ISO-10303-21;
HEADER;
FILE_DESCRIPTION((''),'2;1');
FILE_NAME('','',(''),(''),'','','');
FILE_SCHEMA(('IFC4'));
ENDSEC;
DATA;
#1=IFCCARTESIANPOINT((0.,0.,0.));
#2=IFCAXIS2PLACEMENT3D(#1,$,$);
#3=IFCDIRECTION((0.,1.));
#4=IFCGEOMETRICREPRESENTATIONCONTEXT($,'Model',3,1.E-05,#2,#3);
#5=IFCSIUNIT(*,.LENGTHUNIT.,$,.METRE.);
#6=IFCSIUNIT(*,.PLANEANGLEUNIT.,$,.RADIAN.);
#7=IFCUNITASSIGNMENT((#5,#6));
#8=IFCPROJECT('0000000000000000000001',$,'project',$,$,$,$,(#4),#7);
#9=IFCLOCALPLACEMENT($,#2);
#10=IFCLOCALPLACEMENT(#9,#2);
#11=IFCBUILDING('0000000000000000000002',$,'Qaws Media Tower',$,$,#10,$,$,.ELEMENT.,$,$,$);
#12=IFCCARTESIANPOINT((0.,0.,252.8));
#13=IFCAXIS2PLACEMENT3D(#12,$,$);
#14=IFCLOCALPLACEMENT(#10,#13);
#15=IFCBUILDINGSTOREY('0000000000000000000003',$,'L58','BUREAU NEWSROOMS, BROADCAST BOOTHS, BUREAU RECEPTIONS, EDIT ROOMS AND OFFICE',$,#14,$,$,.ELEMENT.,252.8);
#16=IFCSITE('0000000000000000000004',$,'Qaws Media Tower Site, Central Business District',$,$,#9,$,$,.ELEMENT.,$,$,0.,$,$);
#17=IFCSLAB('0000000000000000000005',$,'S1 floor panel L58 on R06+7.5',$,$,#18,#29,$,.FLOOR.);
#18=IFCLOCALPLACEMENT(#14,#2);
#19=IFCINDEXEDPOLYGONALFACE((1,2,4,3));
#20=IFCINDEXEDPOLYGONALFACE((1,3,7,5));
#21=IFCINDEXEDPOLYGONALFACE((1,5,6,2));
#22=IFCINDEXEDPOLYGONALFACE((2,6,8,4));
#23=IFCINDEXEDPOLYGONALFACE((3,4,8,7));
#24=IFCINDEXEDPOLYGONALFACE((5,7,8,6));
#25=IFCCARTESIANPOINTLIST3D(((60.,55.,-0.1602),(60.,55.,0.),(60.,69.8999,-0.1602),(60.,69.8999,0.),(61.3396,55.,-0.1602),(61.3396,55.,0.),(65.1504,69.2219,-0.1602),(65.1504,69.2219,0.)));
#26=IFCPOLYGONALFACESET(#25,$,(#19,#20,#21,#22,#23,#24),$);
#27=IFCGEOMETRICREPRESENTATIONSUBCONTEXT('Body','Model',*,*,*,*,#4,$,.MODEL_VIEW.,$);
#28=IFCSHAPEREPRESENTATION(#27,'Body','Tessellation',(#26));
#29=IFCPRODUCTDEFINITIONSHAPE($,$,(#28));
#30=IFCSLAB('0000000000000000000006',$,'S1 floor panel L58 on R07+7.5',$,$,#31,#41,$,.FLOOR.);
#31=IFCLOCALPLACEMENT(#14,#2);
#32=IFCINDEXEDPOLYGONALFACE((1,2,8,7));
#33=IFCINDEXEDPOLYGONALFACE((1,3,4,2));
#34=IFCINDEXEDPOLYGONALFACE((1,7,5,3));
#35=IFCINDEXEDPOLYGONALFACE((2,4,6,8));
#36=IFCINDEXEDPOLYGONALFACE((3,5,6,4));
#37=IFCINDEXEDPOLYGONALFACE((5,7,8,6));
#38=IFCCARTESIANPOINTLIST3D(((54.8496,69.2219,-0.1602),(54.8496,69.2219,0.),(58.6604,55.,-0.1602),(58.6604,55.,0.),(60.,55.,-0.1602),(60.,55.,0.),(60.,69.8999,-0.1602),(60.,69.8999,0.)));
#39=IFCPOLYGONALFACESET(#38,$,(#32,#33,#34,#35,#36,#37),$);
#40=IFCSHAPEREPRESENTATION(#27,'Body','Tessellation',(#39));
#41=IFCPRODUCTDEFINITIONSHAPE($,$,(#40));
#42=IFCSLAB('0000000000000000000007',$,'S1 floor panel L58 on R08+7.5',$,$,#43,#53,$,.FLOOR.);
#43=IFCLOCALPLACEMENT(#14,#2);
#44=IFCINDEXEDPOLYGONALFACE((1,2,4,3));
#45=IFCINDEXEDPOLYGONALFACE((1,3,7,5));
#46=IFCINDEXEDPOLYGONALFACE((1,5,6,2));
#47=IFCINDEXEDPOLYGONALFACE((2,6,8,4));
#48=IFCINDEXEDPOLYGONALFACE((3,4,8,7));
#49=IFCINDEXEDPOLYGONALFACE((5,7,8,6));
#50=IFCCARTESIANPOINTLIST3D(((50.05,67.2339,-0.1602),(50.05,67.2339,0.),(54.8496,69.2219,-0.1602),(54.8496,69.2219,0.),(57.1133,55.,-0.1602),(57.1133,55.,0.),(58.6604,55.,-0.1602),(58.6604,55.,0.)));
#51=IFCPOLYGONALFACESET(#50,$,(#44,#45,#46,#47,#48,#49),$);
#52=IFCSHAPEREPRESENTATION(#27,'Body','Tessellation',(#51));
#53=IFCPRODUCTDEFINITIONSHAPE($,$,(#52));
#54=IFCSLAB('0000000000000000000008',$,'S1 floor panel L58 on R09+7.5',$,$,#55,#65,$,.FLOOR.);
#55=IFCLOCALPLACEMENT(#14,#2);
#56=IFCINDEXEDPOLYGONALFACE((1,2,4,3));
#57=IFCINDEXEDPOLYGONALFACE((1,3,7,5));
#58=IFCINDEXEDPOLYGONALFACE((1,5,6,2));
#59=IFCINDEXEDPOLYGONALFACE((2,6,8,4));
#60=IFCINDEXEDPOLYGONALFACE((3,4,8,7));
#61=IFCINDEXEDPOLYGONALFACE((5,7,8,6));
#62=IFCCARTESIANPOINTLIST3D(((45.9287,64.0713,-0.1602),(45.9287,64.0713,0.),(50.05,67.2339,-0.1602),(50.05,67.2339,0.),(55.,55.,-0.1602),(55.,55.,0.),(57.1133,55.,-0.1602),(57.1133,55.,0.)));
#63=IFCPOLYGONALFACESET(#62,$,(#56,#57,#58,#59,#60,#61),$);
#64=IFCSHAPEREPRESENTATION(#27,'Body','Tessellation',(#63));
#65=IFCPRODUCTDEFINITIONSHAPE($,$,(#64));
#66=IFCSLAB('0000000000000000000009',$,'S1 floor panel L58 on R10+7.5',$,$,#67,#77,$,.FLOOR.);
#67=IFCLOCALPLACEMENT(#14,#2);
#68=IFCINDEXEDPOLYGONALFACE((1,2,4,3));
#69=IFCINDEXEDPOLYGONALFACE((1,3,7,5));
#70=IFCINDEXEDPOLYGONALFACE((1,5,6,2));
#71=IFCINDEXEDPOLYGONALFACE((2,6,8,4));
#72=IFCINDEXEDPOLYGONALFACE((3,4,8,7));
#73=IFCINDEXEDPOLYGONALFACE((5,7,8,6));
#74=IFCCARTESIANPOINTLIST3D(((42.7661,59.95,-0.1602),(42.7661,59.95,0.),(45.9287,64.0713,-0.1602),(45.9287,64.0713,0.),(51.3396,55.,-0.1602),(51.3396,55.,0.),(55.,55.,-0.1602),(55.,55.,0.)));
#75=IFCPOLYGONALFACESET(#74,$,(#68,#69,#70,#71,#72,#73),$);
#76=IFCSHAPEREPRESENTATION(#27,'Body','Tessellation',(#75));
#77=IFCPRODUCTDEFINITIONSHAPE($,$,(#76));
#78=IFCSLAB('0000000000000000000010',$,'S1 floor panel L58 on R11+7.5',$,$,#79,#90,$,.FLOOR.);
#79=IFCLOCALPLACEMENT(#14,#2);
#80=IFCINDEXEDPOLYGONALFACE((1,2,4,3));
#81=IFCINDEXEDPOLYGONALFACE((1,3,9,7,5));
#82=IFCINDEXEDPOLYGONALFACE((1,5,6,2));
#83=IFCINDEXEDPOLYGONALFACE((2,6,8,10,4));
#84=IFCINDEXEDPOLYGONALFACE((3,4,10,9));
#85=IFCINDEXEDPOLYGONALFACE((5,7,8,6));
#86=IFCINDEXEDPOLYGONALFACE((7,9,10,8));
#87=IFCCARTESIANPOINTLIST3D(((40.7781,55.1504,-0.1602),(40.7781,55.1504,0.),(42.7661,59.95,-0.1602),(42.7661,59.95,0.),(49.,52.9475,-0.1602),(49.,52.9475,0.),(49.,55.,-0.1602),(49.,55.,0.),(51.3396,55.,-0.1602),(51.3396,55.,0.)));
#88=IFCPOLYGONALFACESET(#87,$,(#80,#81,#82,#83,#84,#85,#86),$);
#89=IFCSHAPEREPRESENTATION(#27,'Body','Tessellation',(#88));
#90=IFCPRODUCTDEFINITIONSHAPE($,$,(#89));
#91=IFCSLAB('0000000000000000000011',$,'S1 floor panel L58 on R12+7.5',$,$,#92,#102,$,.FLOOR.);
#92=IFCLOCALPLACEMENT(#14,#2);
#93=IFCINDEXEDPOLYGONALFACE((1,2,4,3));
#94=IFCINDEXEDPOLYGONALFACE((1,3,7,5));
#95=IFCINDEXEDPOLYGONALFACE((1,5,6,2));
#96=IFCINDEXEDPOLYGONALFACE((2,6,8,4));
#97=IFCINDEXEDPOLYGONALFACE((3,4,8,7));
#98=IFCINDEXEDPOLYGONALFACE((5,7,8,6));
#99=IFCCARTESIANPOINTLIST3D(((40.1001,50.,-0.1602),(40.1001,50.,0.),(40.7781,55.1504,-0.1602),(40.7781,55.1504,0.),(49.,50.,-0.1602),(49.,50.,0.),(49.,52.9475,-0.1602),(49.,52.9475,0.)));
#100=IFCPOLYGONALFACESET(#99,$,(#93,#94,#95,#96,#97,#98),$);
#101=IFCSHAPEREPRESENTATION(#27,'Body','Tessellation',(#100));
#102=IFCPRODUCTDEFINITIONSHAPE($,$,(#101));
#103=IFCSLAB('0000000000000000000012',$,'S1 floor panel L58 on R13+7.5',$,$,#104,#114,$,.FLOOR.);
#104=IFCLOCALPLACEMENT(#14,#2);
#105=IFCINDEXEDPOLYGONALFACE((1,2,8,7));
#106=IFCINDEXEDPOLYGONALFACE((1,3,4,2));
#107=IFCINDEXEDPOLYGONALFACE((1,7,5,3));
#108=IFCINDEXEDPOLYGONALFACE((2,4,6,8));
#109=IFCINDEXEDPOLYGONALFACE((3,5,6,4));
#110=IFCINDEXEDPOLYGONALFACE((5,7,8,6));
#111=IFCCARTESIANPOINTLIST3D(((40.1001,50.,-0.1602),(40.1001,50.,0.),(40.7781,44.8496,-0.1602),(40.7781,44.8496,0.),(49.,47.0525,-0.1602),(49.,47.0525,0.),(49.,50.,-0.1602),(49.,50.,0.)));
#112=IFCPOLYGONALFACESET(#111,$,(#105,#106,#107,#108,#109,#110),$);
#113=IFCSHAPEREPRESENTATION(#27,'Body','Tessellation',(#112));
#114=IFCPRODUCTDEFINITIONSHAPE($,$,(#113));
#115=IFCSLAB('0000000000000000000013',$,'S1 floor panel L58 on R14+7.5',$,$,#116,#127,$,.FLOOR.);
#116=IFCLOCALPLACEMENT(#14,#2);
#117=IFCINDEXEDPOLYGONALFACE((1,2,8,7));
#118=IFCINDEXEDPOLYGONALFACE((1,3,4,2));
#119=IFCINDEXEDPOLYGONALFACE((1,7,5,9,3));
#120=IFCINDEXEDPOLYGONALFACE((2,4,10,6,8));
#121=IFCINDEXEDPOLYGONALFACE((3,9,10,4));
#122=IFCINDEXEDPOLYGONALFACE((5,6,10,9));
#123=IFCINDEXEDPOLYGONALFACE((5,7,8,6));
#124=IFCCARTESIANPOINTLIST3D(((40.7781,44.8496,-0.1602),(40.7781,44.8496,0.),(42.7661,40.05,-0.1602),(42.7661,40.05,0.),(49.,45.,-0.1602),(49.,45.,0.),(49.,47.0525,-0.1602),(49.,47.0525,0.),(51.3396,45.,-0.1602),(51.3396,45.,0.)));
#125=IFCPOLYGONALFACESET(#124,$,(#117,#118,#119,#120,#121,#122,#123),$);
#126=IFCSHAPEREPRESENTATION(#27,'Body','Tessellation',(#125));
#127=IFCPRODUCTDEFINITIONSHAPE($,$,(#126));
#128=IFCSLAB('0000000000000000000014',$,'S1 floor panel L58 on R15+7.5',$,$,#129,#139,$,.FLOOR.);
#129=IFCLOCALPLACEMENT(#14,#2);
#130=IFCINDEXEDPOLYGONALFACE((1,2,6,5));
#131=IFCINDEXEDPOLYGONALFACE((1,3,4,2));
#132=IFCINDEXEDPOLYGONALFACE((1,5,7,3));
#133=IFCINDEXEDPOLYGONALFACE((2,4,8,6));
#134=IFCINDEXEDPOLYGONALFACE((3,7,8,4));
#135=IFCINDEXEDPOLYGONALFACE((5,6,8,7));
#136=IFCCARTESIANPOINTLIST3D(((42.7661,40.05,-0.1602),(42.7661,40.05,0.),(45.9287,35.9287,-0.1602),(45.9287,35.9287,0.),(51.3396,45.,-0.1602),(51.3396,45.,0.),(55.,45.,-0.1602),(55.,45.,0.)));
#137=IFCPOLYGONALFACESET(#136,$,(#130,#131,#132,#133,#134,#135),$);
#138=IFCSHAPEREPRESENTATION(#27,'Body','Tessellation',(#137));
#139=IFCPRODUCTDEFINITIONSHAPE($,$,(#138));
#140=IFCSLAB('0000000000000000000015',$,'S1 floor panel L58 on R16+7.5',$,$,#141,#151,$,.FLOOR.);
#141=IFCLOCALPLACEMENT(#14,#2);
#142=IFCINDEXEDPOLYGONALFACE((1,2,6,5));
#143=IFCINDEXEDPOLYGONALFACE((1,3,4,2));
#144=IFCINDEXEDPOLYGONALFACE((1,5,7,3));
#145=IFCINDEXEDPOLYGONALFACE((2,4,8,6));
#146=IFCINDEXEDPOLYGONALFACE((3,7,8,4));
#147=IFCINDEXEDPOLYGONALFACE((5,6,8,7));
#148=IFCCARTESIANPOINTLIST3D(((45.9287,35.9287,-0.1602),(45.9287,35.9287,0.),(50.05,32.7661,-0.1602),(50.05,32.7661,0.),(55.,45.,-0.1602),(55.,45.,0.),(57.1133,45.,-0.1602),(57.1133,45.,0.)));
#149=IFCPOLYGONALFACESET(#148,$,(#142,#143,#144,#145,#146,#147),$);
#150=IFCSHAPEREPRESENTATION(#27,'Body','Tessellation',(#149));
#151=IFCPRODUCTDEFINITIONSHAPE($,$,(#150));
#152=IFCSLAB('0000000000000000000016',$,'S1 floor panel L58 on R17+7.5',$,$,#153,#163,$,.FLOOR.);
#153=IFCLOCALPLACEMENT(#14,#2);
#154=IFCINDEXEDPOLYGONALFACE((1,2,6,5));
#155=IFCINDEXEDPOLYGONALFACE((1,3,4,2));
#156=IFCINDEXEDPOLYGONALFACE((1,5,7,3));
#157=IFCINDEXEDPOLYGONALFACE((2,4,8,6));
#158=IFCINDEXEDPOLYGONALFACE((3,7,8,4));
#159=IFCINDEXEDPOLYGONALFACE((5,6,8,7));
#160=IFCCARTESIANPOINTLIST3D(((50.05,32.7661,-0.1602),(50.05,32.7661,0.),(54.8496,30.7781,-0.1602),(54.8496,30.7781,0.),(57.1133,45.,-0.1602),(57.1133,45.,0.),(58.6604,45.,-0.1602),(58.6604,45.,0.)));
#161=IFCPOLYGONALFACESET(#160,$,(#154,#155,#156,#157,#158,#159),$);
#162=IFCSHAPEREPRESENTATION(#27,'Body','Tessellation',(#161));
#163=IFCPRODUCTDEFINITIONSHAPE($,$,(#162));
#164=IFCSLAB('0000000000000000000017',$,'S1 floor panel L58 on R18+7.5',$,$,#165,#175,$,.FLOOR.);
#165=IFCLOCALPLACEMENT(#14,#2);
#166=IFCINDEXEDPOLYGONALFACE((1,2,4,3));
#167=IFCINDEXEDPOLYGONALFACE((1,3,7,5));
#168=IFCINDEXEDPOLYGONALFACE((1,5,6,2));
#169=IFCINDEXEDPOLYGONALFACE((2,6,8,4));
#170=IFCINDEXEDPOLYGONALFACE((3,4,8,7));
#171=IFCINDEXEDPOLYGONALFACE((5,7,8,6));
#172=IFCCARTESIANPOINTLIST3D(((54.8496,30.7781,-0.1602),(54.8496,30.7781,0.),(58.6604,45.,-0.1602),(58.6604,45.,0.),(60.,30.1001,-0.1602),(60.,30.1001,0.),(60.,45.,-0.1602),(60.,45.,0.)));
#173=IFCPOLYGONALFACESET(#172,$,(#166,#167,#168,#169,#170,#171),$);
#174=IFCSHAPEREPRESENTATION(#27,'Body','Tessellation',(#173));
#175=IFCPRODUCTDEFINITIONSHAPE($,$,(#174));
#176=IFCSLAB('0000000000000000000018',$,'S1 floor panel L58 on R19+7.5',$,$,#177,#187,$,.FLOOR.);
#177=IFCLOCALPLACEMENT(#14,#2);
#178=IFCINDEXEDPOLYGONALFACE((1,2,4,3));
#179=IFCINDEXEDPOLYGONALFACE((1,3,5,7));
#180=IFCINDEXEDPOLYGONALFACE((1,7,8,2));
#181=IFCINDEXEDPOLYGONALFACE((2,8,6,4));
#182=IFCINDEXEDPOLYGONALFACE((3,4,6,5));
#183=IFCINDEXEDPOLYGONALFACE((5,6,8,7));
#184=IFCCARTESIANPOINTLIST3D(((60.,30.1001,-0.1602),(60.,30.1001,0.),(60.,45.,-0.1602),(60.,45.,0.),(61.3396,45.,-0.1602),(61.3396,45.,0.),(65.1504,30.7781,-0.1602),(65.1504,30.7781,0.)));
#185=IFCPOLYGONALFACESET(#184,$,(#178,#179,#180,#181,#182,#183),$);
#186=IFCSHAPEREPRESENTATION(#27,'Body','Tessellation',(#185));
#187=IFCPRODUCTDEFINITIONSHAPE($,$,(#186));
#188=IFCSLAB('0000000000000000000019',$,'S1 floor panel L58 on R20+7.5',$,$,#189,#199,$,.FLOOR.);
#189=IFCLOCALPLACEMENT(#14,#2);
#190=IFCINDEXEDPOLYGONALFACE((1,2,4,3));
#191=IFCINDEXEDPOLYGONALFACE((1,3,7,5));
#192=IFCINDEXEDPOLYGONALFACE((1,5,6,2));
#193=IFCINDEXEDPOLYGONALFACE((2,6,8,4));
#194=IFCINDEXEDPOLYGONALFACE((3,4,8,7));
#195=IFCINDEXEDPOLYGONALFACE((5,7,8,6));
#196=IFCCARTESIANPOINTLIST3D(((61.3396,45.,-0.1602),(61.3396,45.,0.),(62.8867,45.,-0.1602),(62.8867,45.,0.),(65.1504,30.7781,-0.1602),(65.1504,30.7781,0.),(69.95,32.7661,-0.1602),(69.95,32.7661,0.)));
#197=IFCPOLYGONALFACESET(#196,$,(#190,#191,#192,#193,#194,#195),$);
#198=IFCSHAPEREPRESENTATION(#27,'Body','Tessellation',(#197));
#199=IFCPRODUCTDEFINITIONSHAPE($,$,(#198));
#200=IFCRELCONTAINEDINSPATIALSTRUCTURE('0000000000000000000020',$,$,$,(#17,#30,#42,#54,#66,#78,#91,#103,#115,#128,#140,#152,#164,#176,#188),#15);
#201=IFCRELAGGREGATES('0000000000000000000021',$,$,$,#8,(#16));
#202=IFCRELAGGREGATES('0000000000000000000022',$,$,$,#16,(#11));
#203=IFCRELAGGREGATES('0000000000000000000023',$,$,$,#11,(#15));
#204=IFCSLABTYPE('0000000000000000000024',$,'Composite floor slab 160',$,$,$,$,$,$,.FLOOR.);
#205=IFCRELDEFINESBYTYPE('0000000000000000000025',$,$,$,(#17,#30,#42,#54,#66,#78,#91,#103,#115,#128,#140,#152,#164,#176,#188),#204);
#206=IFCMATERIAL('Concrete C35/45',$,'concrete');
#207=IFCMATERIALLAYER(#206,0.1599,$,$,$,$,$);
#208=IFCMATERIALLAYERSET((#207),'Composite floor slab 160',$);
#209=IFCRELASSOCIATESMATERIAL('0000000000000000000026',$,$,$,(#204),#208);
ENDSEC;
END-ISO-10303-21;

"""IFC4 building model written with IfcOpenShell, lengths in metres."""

from ifc_helpers import new_model, si_unit, direction, frame, origin, place, context, subcontext, project, spatial, polyline, outline, extrude, material, layer, layer_set, type_object, element, save


model = new_model("IFC4")

# Units and contexts
model_context = context("Model", 3, precision=1e-05, world=origin(), true_north=direction((0.0, 1.0)))
body_context = subcontext(model_context, "Body", "Model", "MODEL_VIEW")
ifc_project = project(units=[si_unit("LENGTHUNIT", "METRE"), si_unit("PLANEANGLEUNIT", "RADIAN")], contexts=[model_context])

# Site, building, storey
site_placement = place(None, origin())
site = spatial("IfcSite", under=ifc_project, at=site_placement, Name="Qaws Media Tower Site, Central Business District", CompositionType="ELEMENT", RefElevation=0.0)
building_placement = place(site_placement, origin())
building = spatial("IfcBuilding", under=site, at=building_placement, Name="Qaws Media Tower", CompositionType="ELEMENT")
storey_placement = place(building_placement, frame((0.0, 0.0, 252.8)))
storey = spatial("IfcBuildingStorey", under=building, at=storey_placement, Name="L58", Description="BUREAU NEWSROOMS, BROADCAST BOOTHS, BUREAU RECEPTIONS, EDIT ROOMS AND OFFICE", CompositionType="ELEMENT", Elevation=252.8)

# Slabs
ifc_material_1 = material(Name="Concrete C35/45", Category="concrete")
ifc_layer_1 = layer(ifc_material_1, 0.1599)
ifc_layer_set_1 = layer_set([ifc_layer_1], Name="Composite floor slab 160")
slab_type_1 = type_object("IfcSlabType", Name="Composite floor slab 160", PredefinedType="FLOOR", material=ifc_layer_set_1)
slab_1_placement = place(storey_placement, frame((0.0, 0.0, -0.1602)))
element("IfcSlab", 1, at=slab_1_placement, inside=storey, type_object=slab_type_1, Name="S1 floor panel L58 on R06+7.5", PredefinedType="FLOOR", context=body_context, shape_type="SweptSolid", body=[
    extrude(outline(polyline([(65.1504, 69.2219), (61.3396, 55.0), (60.0, 55.0), (60.0, 69.8999), (65.1504, 69.2219)])), origin(), (0.0, 0.0, 1.0), 0.1602),
])
slab_2_placement = place(storey_placement, frame((0.0, 0.0, -0.1602)))
element("IfcSlab", 2, at=slab_2_placement, inside=storey, type_object=slab_type_1, Name="S1 floor panel L58 on R07+7.5", PredefinedType="FLOOR", context=body_context, shape_type="SweptSolid", body=[
    extrude(outline(polyline([(54.8496, 69.2219), (60.0, 69.8999), (60.0, 55.0), (58.6604, 55.0), (54.8496, 69.2219)])), origin(), (0.0, 0.0, 1.0), 0.1602),
])
slab_3_placement = place(storey_placement, frame((0.0, 0.0, -0.1602)))
element("IfcSlab", 3, at=slab_3_placement, inside=storey, type_object=slab_type_1, Name="S1 floor panel L58 on R08+7.5", PredefinedType="FLOOR", context=body_context, shape_type="SweptSolid", body=[
    extrude(outline(polyline([(50.05, 67.2339), (54.8496, 69.2219), (58.6604, 55.0), (57.1133, 55.0), (50.05, 67.2339)])), origin(), (0.0, 0.0, 1.0), 0.1602),
])
slab_4_placement = place(storey_placement, frame((0.0, 0.0, -0.1602)))
element("IfcSlab", 4, at=slab_4_placement, inside=storey, type_object=slab_type_1, Name="S1 floor panel L58 on R09+7.5", PredefinedType="FLOOR", context=body_context, shape_type="SweptSolid", body=[
    extrude(outline(polyline([(50.05, 67.2339), (57.1133, 55.0), (55.0, 55.0), (45.9287, 64.0713), (50.05, 67.2339)])), origin(), (0.0, 0.0, 1.0), 0.1602),
])
slab_5_placement = place(storey_placement, frame((0.0, 0.0, -0.1602)))
element("IfcSlab", 5, at=slab_5_placement, inside=storey, type_object=slab_type_1, Name="S1 floor panel L58 on R10+7.5", PredefinedType="FLOOR", context=body_context, shape_type="SweptSolid", body=[
    extrude(outline(polyline([(45.9287, 64.0713), (55.0, 55.0), (51.3396, 55.0), (42.7661, 59.95), (45.9287, 64.0713)])), origin(), (0.0, 0.0, 1.0), 0.1602),
])
slab_6_placement = place(storey_placement, frame((0.0, 0.0, -0.1602)))
element("IfcSlab", 6, at=slab_6_placement, inside=storey, type_object=slab_type_1, Name="S1 floor panel L58 on R11+7.5", PredefinedType="FLOOR", context=body_context, shape_type="SweptSolid", body=[
    extrude(outline(polyline([(40.7781, 55.1504), (42.7661, 59.95), (51.3396, 55.0), (49.0, 55.0), (49.0, 52.9475), (40.7781, 55.1504)])), origin(), (0.0, 0.0, 1.0), 0.1602),
])
slab_7_placement = place(storey_placement, frame((0.0, 0.0, -0.1602)))
element("IfcSlab", 7, at=slab_7_placement, inside=storey, type_object=slab_type_1, Name="S1 floor panel L58 on R12+7.5", PredefinedType="FLOOR", context=body_context, shape_type="SweptSolid", body=[
    extrude(outline(polyline([(40.7781, 55.1504), (49.0, 52.9475), (49.0, 50.0), (40.1001, 50.0), (40.7781, 55.1504)])), origin(), (0.0, 0.0, 1.0), 0.1602),
])
slab_8_placement = place(storey_placement, frame((0.0, 0.0, -0.1602)))
element("IfcSlab", 8, at=slab_8_placement, inside=storey, type_object=slab_type_1, Name="S1 floor panel L58 on R13+7.5", PredefinedType="FLOOR", context=body_context, shape_type="SweptSolid", body=[
    extrude(outline(polyline([(40.7781, 44.8496), (40.1001, 50.0), (49.0, 50.0), (49.0, 47.0525), (40.7781, 44.8496)])), origin(), (0.0, 0.0, 1.0), 0.1602),
])
slab_9_placement = place(storey_placement, frame((0.0, 0.0, -0.1602)))
element("IfcSlab", 9, at=slab_9_placement, inside=storey, type_object=slab_type_1, Name="S1 floor panel L58 on R14+7.5", PredefinedType="FLOOR", context=body_context, shape_type="SweptSolid", body=[
    extrude(outline(polyline([(42.7661, 40.05), (40.7781, 44.8496), (49.0, 47.0525), (49.0, 45.0), (51.3396, 45.0), (42.7661, 40.05)])), origin(), (0.0, 0.0, 1.0), 0.1602),
])
slab_10_placement = place(storey_placement, frame((0.0, 0.0, -0.1602)))
element("IfcSlab", 10, at=slab_10_placement, inside=storey, type_object=slab_type_1, Name="S1 floor panel L58 on R15+7.5", PredefinedType="FLOOR", context=body_context, shape_type="SweptSolid", body=[
    extrude(outline(polyline([(42.7661, 40.05), (51.3396, 45.0), (55.0, 45.0), (45.9287, 35.9287), (42.7661, 40.05)])), origin(), (0.0, 0.0, 1.0), 0.1602),
])
slab_11_placement = place(storey_placement, frame((0.0, 0.0, -0.1602)))
element("IfcSlab", 11, at=slab_11_placement, inside=storey, type_object=slab_type_1, Name="S1 floor panel L58 on R16+7.5", PredefinedType="FLOOR", context=body_context, shape_type="SweptSolid", body=[
    extrude(outline(polyline([(45.9287, 35.9287), (55.0, 45.0), (57.1133, 45.0), (50.05, 32.7661), (45.9287, 35.9287)])), origin(), (0.0, 0.0, 1.0), 0.1602),
])
slab_12_placement = place(storey_placement, frame((0.0, 0.0, -0.1602)))
element("IfcSlab", 12, at=slab_12_placement, inside=storey, type_object=slab_type_1, Name="S1 floor panel L58 on R17+7.5", PredefinedType="FLOOR", context=body_context, shape_type="SweptSolid", body=[
    extrude(outline(polyline([(50.05, 32.7661), (57.1133, 45.0), (58.6604, 45.0), (54.8496, 30.7781), (50.05, 32.7661)])), origin(), (0.0, 0.0, 1.0), 0.1602),
])
slab_13_placement = place(storey_placement, frame((0.0, 0.0, -0.1602)))
element("IfcSlab", 13, at=slab_13_placement, inside=storey, type_object=slab_type_1, Name="S1 floor panel L58 on R18+7.5", PredefinedType="FLOOR", context=body_context, shape_type="SweptSolid", body=[
    extrude(outline(polyline([(54.8496, 30.7781), (58.6604, 45.0), (60.0, 45.0), (60.0, 30.1001), (54.8496, 30.7781)])), origin(), (0.0, 0.0, 1.0), 0.1602),
])
slab_14_placement = place(storey_placement, frame((0.0, 0.0, -0.1602)))
element("IfcSlab", 14, at=slab_14_placement, inside=storey, type_object=slab_type_1, Name="S1 floor panel L58 on R19+7.5", PredefinedType="FLOOR", context=body_context, shape_type="SweptSolid", body=[
    extrude(outline(polyline([(65.1504, 30.7781), (60.0, 30.1001), (60.0, 45.0), (61.3396, 45.0), (65.1504, 30.7781)])), origin(), (0.0, 0.0, 1.0), 0.1602),
])
slab_15_placement = place(storey_placement, frame((0.0, 0.0, -0.1602)))
element("IfcSlab", 15, at=slab_15_placement, inside=storey, type_object=slab_type_1, Name="S1 floor panel L58 on R20+7.5", PredefinedType="FLOOR", context=body_context, shape_type="SweptSolid", body=[
    extrude(outline(polyline([(69.95, 32.7661), (65.1504, 30.7781), (61.3396, 45.0), (62.8867, 45.0), (69.95, 32.7661)])), origin(), (0.0, 0.0, 1.0), 0.1602),
])

save(model, "model.ifc")
